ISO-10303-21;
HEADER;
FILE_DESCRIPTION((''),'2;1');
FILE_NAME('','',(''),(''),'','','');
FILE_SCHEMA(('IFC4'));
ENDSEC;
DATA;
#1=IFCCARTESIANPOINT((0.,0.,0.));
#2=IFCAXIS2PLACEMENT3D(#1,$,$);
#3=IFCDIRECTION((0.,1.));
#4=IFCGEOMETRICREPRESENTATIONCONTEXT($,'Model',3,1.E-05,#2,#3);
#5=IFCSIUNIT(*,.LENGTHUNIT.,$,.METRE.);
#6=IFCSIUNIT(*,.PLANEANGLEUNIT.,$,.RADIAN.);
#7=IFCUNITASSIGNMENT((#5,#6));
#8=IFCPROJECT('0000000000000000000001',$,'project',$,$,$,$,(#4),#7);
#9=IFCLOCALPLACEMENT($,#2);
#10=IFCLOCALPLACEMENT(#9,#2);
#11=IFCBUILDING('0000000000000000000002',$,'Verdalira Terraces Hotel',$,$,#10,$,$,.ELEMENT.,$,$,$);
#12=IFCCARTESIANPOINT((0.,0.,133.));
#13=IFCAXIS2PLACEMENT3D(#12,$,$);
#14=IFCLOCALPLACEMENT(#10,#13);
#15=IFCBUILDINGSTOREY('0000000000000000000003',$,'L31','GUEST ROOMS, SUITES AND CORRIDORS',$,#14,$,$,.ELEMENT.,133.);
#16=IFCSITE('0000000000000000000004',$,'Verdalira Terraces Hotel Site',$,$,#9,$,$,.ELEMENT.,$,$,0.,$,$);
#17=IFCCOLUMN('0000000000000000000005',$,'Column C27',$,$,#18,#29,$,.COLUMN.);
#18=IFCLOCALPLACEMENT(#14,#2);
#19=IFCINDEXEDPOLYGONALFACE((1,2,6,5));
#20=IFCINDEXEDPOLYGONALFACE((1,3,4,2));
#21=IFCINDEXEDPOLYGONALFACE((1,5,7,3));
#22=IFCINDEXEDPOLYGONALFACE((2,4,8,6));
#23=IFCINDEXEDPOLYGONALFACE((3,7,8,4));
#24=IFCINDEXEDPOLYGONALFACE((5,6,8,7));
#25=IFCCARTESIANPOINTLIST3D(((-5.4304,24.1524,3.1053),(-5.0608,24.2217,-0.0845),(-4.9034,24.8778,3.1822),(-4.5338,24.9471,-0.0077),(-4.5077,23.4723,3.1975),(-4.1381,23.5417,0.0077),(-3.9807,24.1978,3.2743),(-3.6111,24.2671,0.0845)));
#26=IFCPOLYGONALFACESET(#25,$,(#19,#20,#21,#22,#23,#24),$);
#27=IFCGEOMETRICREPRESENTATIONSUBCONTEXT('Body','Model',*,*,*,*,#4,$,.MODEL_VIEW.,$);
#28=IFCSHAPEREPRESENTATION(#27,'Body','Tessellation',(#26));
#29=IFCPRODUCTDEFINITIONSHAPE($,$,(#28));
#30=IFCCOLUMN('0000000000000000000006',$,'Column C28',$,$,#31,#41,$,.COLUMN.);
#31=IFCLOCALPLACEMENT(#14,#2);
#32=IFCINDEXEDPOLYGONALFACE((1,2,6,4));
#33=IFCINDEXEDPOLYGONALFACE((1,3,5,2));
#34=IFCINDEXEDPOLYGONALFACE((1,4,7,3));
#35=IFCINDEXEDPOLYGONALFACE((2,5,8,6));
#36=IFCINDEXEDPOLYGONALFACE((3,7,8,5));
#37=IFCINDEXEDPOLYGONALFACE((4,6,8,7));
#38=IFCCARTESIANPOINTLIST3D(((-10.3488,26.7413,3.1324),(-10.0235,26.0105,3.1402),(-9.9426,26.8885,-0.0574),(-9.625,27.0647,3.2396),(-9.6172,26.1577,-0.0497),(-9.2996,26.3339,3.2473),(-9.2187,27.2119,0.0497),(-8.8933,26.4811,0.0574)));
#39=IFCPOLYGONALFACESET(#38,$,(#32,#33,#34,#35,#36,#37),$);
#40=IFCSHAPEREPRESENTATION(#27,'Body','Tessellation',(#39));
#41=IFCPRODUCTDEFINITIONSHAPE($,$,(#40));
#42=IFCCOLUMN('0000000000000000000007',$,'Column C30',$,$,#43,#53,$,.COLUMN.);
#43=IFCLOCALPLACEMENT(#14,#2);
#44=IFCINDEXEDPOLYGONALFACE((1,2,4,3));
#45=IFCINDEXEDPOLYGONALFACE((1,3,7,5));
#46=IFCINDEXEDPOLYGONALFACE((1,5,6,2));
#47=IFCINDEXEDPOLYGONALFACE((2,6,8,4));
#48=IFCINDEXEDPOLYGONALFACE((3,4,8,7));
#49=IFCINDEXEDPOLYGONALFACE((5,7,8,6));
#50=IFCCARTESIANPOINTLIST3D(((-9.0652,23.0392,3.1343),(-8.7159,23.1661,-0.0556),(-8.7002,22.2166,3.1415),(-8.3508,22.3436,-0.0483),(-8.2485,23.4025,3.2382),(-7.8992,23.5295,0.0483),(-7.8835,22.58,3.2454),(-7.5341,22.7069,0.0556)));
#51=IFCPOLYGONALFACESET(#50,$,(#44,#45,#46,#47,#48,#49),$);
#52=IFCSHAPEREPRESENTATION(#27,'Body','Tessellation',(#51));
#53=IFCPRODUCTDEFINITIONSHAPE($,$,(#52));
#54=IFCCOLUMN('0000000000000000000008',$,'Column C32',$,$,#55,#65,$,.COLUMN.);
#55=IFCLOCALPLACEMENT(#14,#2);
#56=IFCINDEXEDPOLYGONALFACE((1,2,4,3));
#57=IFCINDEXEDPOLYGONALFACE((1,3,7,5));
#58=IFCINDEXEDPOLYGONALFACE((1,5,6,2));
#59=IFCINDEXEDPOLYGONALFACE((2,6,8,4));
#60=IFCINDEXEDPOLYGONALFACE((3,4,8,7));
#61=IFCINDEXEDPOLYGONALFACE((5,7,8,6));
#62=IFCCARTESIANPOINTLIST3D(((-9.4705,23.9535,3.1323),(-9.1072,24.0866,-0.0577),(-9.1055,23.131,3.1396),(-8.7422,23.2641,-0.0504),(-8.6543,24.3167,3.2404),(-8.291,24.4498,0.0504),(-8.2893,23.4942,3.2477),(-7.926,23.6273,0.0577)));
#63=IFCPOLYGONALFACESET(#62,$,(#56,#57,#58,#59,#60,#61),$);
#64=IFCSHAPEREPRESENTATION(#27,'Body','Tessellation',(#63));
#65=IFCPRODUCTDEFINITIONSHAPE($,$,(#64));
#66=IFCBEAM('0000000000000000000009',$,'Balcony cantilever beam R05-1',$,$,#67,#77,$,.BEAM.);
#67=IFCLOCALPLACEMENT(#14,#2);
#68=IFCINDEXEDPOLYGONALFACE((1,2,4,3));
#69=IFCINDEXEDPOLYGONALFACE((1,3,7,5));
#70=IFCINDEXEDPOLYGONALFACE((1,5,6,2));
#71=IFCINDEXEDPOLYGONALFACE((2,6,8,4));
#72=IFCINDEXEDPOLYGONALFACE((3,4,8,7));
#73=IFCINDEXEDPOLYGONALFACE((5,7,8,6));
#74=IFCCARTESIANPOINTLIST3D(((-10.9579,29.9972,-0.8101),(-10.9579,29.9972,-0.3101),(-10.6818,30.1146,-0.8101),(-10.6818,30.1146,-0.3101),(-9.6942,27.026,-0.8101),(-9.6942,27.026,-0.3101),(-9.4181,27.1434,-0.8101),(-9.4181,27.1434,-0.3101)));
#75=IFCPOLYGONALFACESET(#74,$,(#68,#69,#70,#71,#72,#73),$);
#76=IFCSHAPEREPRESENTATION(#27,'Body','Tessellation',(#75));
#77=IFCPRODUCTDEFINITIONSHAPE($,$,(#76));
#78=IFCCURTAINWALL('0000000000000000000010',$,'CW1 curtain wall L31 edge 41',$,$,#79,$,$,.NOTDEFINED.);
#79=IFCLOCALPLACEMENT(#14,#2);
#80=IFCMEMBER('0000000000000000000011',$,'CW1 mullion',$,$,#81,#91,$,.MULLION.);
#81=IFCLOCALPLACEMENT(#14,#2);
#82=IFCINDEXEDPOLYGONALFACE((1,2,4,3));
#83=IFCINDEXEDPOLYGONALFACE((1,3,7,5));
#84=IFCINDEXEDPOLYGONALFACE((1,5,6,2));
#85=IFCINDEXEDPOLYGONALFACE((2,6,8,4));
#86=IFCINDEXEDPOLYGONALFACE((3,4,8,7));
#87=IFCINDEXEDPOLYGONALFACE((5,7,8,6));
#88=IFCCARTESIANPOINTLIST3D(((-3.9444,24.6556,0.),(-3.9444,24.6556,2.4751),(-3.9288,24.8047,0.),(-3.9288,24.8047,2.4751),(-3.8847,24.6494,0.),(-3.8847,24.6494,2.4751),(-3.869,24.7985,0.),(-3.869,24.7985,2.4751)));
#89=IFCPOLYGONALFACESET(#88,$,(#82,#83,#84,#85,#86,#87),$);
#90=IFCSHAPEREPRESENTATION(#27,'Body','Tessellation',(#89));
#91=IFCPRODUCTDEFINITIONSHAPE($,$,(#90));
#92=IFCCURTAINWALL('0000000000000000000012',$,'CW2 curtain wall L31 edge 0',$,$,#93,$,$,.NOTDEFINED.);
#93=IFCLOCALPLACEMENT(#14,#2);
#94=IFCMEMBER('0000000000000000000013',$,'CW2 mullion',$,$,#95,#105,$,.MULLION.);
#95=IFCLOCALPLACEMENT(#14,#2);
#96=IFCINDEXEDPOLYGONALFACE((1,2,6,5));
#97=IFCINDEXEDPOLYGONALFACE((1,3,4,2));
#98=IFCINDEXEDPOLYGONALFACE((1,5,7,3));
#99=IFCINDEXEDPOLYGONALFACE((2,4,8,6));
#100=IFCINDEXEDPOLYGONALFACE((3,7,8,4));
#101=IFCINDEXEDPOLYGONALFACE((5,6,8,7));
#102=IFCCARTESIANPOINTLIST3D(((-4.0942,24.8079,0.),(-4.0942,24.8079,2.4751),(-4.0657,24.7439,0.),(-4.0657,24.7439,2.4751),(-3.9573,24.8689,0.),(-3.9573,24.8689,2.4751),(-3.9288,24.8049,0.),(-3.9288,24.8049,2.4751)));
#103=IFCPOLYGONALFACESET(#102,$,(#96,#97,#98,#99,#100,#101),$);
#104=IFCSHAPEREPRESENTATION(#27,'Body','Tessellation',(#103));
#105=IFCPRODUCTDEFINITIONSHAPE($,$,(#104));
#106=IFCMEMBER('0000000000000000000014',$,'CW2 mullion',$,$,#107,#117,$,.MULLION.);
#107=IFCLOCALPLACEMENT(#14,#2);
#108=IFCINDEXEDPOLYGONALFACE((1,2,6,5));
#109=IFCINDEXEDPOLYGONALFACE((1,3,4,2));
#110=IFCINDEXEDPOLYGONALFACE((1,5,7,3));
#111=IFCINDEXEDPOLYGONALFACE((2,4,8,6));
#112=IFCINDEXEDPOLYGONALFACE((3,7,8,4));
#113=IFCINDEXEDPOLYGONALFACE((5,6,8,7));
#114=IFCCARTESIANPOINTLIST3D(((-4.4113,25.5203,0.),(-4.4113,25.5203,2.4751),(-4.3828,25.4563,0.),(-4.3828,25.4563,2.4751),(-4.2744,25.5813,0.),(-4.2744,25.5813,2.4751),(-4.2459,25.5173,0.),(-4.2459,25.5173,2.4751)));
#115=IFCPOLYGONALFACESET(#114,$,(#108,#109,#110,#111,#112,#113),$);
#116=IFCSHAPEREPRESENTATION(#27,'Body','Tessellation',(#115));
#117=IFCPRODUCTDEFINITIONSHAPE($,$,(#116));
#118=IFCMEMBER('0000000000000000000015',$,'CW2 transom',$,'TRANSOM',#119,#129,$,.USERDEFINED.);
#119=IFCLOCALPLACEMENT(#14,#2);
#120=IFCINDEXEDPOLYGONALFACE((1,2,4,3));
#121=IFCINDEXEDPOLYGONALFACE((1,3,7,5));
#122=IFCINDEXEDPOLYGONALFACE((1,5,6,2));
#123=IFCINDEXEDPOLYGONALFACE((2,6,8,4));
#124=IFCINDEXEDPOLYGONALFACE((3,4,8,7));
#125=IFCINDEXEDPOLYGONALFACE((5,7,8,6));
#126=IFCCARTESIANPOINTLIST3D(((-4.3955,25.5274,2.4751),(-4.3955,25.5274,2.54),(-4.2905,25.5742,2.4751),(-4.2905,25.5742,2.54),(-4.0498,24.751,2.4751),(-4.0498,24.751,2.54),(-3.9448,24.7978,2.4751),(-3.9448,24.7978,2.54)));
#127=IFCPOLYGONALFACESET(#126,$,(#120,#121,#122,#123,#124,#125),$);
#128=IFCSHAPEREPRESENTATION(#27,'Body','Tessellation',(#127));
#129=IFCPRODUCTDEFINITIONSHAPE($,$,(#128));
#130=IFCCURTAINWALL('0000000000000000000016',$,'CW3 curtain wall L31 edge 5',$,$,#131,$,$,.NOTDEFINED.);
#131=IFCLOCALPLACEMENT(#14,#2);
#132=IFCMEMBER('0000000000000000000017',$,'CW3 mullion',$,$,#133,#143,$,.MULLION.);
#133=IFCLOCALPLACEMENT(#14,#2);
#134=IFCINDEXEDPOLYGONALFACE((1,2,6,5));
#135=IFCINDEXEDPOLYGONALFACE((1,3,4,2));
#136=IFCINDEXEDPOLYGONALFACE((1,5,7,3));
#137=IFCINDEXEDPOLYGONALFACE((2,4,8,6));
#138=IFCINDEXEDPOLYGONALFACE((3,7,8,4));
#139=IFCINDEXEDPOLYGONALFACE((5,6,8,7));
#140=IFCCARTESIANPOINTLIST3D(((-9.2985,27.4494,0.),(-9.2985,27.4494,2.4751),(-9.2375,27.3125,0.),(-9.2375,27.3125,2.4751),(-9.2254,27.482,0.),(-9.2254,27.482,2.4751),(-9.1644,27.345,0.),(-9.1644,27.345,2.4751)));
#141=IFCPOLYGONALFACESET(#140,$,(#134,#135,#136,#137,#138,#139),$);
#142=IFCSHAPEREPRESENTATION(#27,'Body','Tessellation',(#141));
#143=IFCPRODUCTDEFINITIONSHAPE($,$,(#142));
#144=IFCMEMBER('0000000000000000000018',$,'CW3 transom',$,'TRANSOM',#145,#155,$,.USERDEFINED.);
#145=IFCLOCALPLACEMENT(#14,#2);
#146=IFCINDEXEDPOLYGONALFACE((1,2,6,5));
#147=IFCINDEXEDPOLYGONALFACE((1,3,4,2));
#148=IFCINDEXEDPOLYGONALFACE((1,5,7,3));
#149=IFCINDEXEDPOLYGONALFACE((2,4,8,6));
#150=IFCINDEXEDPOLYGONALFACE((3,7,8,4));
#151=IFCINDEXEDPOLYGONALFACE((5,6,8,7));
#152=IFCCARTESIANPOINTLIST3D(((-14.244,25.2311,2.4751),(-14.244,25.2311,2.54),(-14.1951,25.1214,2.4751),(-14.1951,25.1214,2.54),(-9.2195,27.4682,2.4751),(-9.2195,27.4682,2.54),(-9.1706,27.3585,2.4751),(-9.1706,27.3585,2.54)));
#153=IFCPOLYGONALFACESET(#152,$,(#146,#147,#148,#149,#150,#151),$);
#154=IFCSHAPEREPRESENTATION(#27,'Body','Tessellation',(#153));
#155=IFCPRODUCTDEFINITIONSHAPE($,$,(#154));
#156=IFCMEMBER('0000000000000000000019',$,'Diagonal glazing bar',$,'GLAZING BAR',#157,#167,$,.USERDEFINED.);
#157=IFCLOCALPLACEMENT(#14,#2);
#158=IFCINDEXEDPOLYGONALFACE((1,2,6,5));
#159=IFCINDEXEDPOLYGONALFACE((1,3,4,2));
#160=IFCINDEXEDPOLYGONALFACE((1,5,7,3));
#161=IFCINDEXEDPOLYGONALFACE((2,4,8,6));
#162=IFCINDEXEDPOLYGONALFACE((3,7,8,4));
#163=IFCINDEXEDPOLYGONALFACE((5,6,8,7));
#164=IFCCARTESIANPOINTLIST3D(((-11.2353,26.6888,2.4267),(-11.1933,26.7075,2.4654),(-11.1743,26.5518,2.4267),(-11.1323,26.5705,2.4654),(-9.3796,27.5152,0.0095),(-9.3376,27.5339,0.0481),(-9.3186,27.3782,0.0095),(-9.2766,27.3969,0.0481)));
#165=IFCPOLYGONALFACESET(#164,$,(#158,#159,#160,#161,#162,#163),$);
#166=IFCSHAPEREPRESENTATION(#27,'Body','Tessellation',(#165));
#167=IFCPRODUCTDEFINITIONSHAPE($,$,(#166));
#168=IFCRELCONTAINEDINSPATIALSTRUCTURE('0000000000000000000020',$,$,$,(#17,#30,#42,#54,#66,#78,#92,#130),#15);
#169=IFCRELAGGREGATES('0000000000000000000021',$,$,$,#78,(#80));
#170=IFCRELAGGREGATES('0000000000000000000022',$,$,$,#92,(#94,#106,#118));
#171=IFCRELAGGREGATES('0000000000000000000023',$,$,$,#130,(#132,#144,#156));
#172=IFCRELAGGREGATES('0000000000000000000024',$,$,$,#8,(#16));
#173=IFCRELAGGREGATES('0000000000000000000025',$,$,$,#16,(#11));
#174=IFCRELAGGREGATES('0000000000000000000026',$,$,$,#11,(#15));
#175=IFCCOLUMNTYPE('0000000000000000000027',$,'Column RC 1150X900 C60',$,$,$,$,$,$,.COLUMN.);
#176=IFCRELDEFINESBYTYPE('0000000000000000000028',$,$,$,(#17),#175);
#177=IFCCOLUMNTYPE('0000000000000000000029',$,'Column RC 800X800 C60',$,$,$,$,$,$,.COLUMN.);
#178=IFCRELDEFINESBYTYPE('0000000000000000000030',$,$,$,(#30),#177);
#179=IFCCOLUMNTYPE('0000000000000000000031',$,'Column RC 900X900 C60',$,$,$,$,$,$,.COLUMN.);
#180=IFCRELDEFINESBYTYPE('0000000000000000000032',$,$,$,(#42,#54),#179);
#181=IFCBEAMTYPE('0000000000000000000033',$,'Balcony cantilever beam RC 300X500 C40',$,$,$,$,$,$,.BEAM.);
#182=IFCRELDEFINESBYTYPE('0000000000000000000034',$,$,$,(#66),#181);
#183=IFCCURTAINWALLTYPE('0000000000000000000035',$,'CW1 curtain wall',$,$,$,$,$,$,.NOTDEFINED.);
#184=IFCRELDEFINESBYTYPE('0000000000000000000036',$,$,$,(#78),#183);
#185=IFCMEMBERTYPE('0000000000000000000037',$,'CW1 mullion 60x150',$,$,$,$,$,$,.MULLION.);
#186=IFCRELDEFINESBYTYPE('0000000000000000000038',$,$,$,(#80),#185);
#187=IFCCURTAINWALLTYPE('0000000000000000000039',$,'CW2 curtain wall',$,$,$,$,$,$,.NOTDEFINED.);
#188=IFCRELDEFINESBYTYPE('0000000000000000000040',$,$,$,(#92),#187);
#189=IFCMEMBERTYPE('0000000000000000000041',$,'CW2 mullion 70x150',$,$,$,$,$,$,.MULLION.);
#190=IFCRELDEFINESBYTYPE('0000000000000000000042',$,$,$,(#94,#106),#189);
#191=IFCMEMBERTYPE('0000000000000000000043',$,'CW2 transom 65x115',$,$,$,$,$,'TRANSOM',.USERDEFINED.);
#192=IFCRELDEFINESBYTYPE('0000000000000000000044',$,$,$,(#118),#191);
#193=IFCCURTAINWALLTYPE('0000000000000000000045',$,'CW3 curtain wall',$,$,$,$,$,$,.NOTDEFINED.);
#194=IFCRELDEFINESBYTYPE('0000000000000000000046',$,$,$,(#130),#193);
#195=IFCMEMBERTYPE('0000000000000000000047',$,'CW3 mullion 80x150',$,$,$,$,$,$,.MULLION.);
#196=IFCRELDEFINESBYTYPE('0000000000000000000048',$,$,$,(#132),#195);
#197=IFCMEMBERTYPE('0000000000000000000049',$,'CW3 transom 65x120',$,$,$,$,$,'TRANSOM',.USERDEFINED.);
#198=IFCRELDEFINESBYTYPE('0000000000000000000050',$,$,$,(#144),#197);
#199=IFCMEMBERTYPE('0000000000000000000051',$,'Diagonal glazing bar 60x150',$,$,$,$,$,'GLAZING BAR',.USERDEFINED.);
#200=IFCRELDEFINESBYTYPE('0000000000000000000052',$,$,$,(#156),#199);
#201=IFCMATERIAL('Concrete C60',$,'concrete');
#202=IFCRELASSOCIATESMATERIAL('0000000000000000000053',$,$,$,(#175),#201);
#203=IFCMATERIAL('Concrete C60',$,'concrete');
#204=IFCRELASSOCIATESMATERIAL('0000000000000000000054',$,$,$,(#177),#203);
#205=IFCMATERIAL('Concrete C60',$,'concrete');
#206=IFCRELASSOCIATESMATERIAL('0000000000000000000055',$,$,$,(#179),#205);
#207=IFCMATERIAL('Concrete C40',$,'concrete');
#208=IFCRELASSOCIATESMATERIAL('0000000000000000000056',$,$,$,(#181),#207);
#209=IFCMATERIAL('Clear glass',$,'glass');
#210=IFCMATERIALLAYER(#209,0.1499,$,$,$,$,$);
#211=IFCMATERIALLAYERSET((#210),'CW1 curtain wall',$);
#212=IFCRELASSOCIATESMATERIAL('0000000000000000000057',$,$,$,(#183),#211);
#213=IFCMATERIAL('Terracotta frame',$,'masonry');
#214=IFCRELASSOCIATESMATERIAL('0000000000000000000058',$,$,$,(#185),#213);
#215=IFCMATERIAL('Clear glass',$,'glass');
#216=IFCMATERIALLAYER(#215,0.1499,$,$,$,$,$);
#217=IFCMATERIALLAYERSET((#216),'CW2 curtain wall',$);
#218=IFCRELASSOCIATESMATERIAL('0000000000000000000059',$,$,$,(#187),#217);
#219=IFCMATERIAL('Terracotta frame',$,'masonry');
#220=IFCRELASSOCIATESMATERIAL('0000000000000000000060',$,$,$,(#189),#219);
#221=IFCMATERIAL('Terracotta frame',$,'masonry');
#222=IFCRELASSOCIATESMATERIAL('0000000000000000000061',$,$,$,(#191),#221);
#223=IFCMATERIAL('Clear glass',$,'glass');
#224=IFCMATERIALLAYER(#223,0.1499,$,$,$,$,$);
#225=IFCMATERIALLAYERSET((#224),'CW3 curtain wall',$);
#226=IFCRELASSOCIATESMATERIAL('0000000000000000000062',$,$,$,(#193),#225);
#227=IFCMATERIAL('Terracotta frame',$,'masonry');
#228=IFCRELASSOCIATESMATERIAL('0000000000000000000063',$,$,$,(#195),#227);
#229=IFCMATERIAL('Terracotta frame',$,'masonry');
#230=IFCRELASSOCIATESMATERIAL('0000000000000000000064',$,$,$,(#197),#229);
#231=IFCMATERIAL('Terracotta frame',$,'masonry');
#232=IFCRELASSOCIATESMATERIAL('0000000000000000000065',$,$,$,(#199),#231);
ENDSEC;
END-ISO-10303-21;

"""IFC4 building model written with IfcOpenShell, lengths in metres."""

from ifc_helpers import new_model, si_unit, direction, frame, origin, origin_2d, place, context, subcontext, project, spatial, rectangle, extrude, material, layer, layer_set, material_profile, profile_set, type_object, element, aggregate, save


model = new_model("IFC4")

# Units and contexts
model_context = context("Model", 3, precision=1e-05, world=origin(), true_north=direction((0.0, 1.0)))
body_context = subcontext(model_context, "Body", "Model", "MODEL_VIEW")
ifc_project = project(units=[si_unit("LENGTHUNIT", "METRE"), si_unit("PLANEANGLEUNIT", "RADIAN")], contexts=[model_context])

# Site, building, storey
site_placement = place(None, origin())
site = spatial("IfcSite", under=ifc_project, at=site_placement, Name="Verdalira Terraces Hotel Site", CompositionType="ELEMENT", RefElevation=0.0)
building_placement = place(site_placement, origin())
building = spatial("IfcBuilding", under=site, at=building_placement, Name="Verdalira Terraces Hotel", CompositionType="ELEMENT")
storey_placement = place(building_placement, frame((0.0, 0.0, 133.0)))
storey = spatial("IfcBuildingStorey", under=building, at=storey_placement, Name="L31", Description="GUEST ROOMS, SUITES AND CORRIDORS", CompositionType="ELEMENT", Elevation=133.0)

# Columns
ifc_material_1 = material(Name="Concrete C60", Category="concrete")
ifc_material_profile_1 = material_profile(ifc_material_1, rectangle(XDim=1.1499, YDim=0.8999, at=origin_2d()), Name="RC 1150X900")
ifc_profile_set_1 = profile_set([ifc_material_profile_1], Name="Concrete C60")
column_type_1 = type_object("IfcColumnType", Name="Column RC 1150X900 C60", PredefinedType="COLUMN", material=ifc_profile_set_1)
column_1_placement = place(storey_placement, frame((-4.3359, 24.2444, 0.0), z_axis=(-0.115076, -0.021586, 0.993122), x_axis=(0.802408, -0.591373, 0.080124)))
element("IfcColumn", 1, at=column_1_placement, inside=storey, type_object=column_type_1, Name="Column C27", PredefinedType="COLUMN", context=body_context, shape_type="SweptSolid", body=[
    extrude(rectangle(XDim=1.1499, YDim=0.8999, at=origin_2d()), origin(), (0.0, 0.0, 1.0), 3.2119),
])
ifc_material_2 = material(Name="Concrete C60", Category="concrete")
ifc_material_profile_2 = material_profile(ifc_material_2, rectangle(XDim=0.8, YDim=0.8, at=origin_2d()), Name="RC 800X800")
ifc_profile_set_2 = profile_set([ifc_material_profile_2], Name="Concrete C60")
column_type_2 = type_object("IfcColumnType", Name="Column RC 800X800 C60", PredefinedType="COLUMN", material=ifc_profile_set_2)
column_2_placement = place(storey_placement, frame((-9.418, 26.6848, 0.0), z_axis=(-0.126201, -0.045733, 0.99095), x_axis=(-0.904795, -0.404253, -0.133885)))
element("IfcColumn", 2, at=column_2_placement, inside=storey, type_object=column_type_2, Name="Column C28", PredefinedType="COLUMN", context=body_context, shape_type="SweptSolid", body=[
    extrude(rectangle(XDim=0.8, YDim=0.8, at=origin_2d()), origin(), (0.0, 0.0, 1.0), 3.219),
])
ifc_material_3 = material(Name="Concrete C60", Category="concrete")
ifc_material_profile_3 = material_profile(ifc_material_3, rectangle(XDim=0.8999, YDim=0.8999, at=origin_2d()), Name="RC 900X900")
ifc_profile_set_3 = profile_set([ifc_material_profile_3], Name="Concrete C60")
column_type_3 = type_object("IfcColumnType", Name="Column RC 900X900 C60", PredefinedType="COLUMN", material=ifc_profile_set_3)
column_3_placement = place(storey_placement, frame((-8.125, 22.9365, 0.0), z_axis=(-0.108785, -0.03953, 0.993279), x_axis=(-0.405611, 0.91401, -0.008047)))
element("IfcColumn", 3, at=column_3_placement, inside=storey, type_object=column_type_3, Name="Column C30", PredefinedType="COLUMN", context=body_context, shape_type="SweptSolid", body=[
    extrude(rectangle(XDim=0.8999, YDim=0.8999, at=origin_2d()), origin(), (0.0, 0.0, 1.0), 3.2114),
])
column_4_placement = place(storey_placement, frame((-8.5166, 23.8569, 0.0), z_axis=(-0.113055, -0.041408, 0.992726), x_axis=(-0.405673, 0.913983, -0.008076)))
element("IfcColumn", 4, at=column_4_placement, inside=storey, type_object=column_type_3, Name="Column C32", PredefinedType="COLUMN", context=body_context, shape_type="SweptSolid", body=[
    extrude(rectangle(XDim=0.8999, YDim=0.8999, at=origin_2d()), origin(), (0.0, 0.0, 1.0), 3.2134),
])

# Beam
ifc_material_4 = material(Name="Concrete C40", Category="concrete")
ifc_material_profile_4 = material_profile(ifc_material_4, rectangle(XDim=0.3, YDim=0.5, at=origin_2d()), Name="RC 300X500")
ifc_profile_set_4 = profile_set([ifc_material_profile_4], Name="Concrete C40")
beam_type_1 = type_object("IfcBeamType", Name="Balcony cantilever beam RC 300X500 C40", PredefinedType="BEAM", material=ifc_profile_set_4)
beam_1_placement = place(storey_placement, frame((-9.5562, 27.0847, -0.5601), z_axis=(-0.391381, 0.920229, 0.0), x_axis=(-0.920229, -0.391381, 0.0)))
element("IfcBeam", 5, at=beam_1_placement, inside=storey, type_object=beam_type_1, Name="Balcony cantilever beam R05-1", PredefinedType="BEAM", context=body_context, shape_type="SweptSolid", body=[
    extrude(rectangle(XDim=0.3, YDim=0.5, at=origin_2d()), origin(), (0.0, 0.0, 1.0), 3.2288),
])

# Curtain wall, member
ifc_material_5 = material(Name="Clear glass", Category="glass")
ifc_layer_1 = layer(ifc_material_5, 0.1499)
ifc_layer_set_1 = layer_set([ifc_layer_1], Name="CW1 curtain wall")
curtain_wall_type_1 = type_object("IfcCurtainWallType", Name="CW1 curtain wall", PredefinedType="NOTDEFINED", material=ifc_layer_set_1)
curtain_wall_1_placement = place(storey_placement, origin())
curtain_wall_1 = element("IfcCurtainWall", 6, at=curtain_wall_1_placement, inside=storey, type_object=curtain_wall_type_1, Name="CW1 curtain wall L31 edge 41", PredefinedType="NOTDEFINED")
ifc_material_6 = material(Name="Terracotta frame", Category="masonry")
ifc_material_profile_5 = material_profile(ifc_material_6, rectangle(XDim=0.0601, YDim=0.1499, at=origin_2d()), Name="MU 60x150")
ifc_profile_set_5 = profile_set([ifc_material_profile_5], Name="Terracotta frame")
member_type_1 = type_object("IfcMemberType", Name="CW1 mullion 60x150", PredefinedType="MULLION", material=ifc_profile_set_5)
member_1_placement = place(storey_placement, frame((-3.9067, 24.7271, 0.0), z_axis=(0.0, 0.0, 1.0), x_axis=(-0.994522, 0.104528, 0.0)))
member_1 = element("IfcMember", 7, at=member_1_placement, type_object=member_type_1, Name="CW1 mullion", PredefinedType="MULLION", context=body_context, shape_type="SweptSolid", body=[
    extrude(rectangle(XDim=0.0601, YDim=0.1499, at=origin_2d()), origin(), (0.0, 0.0, 1.0), 2.4751),
])

# Curtain walls, members
ifc_material_7 = material(Name="Clear glass", Category="glass")
ifc_layer_2 = layer(ifc_material_7, 0.1499)
ifc_layer_set_2 = layer_set([ifc_layer_2], Name="CW2 curtain wall")
curtain_wall_type_2 = type_object("IfcCurtainWallType", Name="CW2 curtain wall", PredefinedType="NOTDEFINED", material=ifc_layer_set_2)
curtain_wall_2_placement = place(storey_placement, origin())
curtain_wall_2 = element("IfcCurtainWall", 8, at=curtain_wall_2_placement, inside=storey, type_object=curtain_wall_type_2, Name="CW2 curtain wall L31 edge 0", PredefinedType="NOTDEFINED")
ifc_material_8 = material(Name="Terracotta frame", Category="masonry")
ifc_material_profile_6 = material_profile(ifc_material_8, rectangle(XDim=0.0701, YDim=0.1499, at=origin_2d()), Name="MU 70x150")
ifc_profile_set_6 = profile_set([ifc_material_profile_6], Name="Terracotta frame")
member_type_2 = type_object("IfcMemberType", Name="CW2 mullion 70x150", PredefinedType="MULLION", material=ifc_profile_set_6)
member_2_placement = place(storey_placement, frame((-4.0115, 24.8064, 0.0), z_axis=(0.0, 0.0, 1.0), x_axis=(-0.406737, 0.913545, 0.0)))
member_2 = element("IfcMember", 9, at=member_2_placement, type_object=member_type_2, Name="CW2 mullion", PredefinedType="MULLION", context=body_context, shape_type="SweptSolid", body=[
    extrude(rectangle(XDim=0.0701, YDim=0.1499, at=origin_2d()), origin(), (0.0, 0.0, 1.0), 2.4751),
])
member_3_placement = place(storey_placement, frame((-4.3286, 25.5188, 0.0), z_axis=(0.0, 0.0, 1.0), x_axis=(-0.406737, 0.913545, 0.0)))
member_3 = element("IfcMember", 10, at=member_3_placement, type_object=member_type_2, Name="CW2 mullion", PredefinedType="MULLION", context=body_context, shape_type="SweptSolid", body=[
    extrude(rectangle(XDim=0.0701, YDim=0.1499, at=origin_2d()), origin(), (0.0, 0.0, 1.0), 2.4751),
])
ifc_material_9 = material(Name="Terracotta frame", Category="masonry")
ifc_material_profile_7 = material_profile(ifc_material_9, rectangle(XDim=0.115, YDim=0.0649, at=origin_2d()), Name="TR 65x115")
ifc_profile_set_7 = profile_set([ifc_material_profile_7], Name="Terracotta frame")
member_type_3 = type_object("IfcMemberType", Name="CW2 transom 65x115", ElementType="TRANSOM", PredefinedType="USERDEFINED", material=ifc_profile_set_7)
member_4_placement = place(storey_placement, frame((-3.9973, 24.7744, 2.5076), z_axis=(-0.406778, 0.913527, 0.0), x_axis=(-0.913527, -0.406778, 0.0)))
member_4 = element("IfcMember", 11, at=member_4_placement, type_object=member_type_3, Name="CW2 transom", ObjectType="TRANSOM", PredefinedType="USERDEFINED", context=body_context, shape_type="SweptSolid", body=[
    extrude(rectangle(XDim=0.115, YDim=0.0649, at=origin_2d()), origin(), (0.0, 0.0, 1.0), 0.8499),
])
ifc_material_10 = material(Name="Clear glass", Category="glass")
ifc_layer_3 = layer(ifc_material_10, 0.1499)
ifc_layer_set_3 = layer_set([ifc_layer_3], Name="CW3 curtain wall")
curtain_wall_type_3 = type_object("IfcCurtainWallType", Name="CW3 curtain wall", PredefinedType="NOTDEFINED", material=ifc_layer_set_3)
curtain_wall_3_placement = place(storey_placement, origin())
curtain_wall_3 = element("IfcCurtainWall", 12, at=curtain_wall_3_placement, inside=storey, type_object=curtain_wall_type_3, Name="CW3 curtain wall L31 edge 5", PredefinedType="NOTDEFINED")
ifc_material_11 = material(Name="Terracotta frame", Category="masonry")
ifc_material_profile_8 = material_profile(ifc_material_11, rectangle(XDim=0.0801, YDim=0.1499, at=origin_2d()), Name="MU 80x150")
ifc_profile_set_8 = profile_set([ifc_material_profile_8], Name="Terracotta frame")
member_type_4 = type_object("IfcMemberType", Name="CW3 mullion 80x150", PredefinedType="MULLION", material=ifc_profile_set_8)
member_5_placement = place(storey_placement, frame((-9.2314, 27.3972, 0.0), z_axis=(0.0, 0.0, 1.0), x_axis=(-0.913545, -0.406737, 0.0)))
member_5 = element("IfcMember", 13, at=member_5_placement, type_object=member_type_4, Name="CW3 mullion", PredefinedType="MULLION", context=body_context, shape_type="SweptSolid", body=[
    extrude(rectangle(XDim=0.0801, YDim=0.1499, at=origin_2d()), origin(), (0.0, 0.0, 1.0), 2.4751),
])
ifc_material_12 = material(Name="Terracotta frame", Category="masonry")
ifc_material_profile_9 = material_profile(ifc_material_12, rectangle(XDim=0.1201, YDim=0.0649, at=origin_2d()), Name="TR 65x120")
ifc_profile_set_9 = profile_set([ifc_material_profile_9], Name="Terracotta frame")
member_type_5 = type_object("IfcMemberType", Name="CW3 transom 65x120", ElementType="TRANSOM", PredefinedType="USERDEFINED", material=ifc_profile_set_9)
member_6_placement = place(storey_placement, frame((-9.1951, 27.4133, 2.5076), z_axis=(-0.913542, -0.406744, 0.0), x_axis=(0.406744, -0.913542, 0.0)))
member_6 = element("IfcMember", 14, at=member_6_placement, type_object=member_type_5, Name="CW3 transom", ObjectType="TRANSOM", PredefinedType="USERDEFINED", context=body_context, shape_type="SweptSolid", body=[
    extrude(rectangle(XDim=0.1201, YDim=0.0649, at=origin_2d()), origin(), (0.0, 0.0, 1.0), 5.5),
])
ifc_material_13 = material(Name="Terracotta frame", Category="masonry")
ifc_material_profile_10 = material_profile(ifc_material_13, rectangle(XDim=0.1499, YDim=0.0601, at=origin_2d()), Name="GB 60x150")
ifc_profile_set_10 = profile_set([ifc_material_profile_10], Name="Terracotta frame")
member_type_6 = type_object("IfcMemberType", Name="Diagonal glazing bar 60x150", ElementType="GLAZING BAR", PredefinedType="USERDEFINED", material=ifc_profile_set_10)
member_7_placement = place(storey_placement, frame((-9.3281, 27.4561, 0.0288), z_axis=(-0.58772, -0.261733, 0.765559), x_axis=(0.406819, -0.913509, 0.0)))
member_7 = element("IfcMember", 15, at=member_7_placement, type_object=member_type_6, Name="Diagonal glazing bar", ObjectType="GLAZING BAR", PredefinedType="USERDEFINED", context=body_context, shape_type="SweptSolid", body=[
    extrude(rectangle(XDim=0.1499, YDim=0.0601, at=origin_2d()), origin(), (0.0, 0.0, 1.0), 3.1575),
])

aggregate(curtain_wall_1, [member_1])
aggregate(curtain_wall_2, [member_2, member_3, member_4])
aggregate(curtain_wall_3, [member_5, member_6, member_7])

save(model, "model.ifc")
